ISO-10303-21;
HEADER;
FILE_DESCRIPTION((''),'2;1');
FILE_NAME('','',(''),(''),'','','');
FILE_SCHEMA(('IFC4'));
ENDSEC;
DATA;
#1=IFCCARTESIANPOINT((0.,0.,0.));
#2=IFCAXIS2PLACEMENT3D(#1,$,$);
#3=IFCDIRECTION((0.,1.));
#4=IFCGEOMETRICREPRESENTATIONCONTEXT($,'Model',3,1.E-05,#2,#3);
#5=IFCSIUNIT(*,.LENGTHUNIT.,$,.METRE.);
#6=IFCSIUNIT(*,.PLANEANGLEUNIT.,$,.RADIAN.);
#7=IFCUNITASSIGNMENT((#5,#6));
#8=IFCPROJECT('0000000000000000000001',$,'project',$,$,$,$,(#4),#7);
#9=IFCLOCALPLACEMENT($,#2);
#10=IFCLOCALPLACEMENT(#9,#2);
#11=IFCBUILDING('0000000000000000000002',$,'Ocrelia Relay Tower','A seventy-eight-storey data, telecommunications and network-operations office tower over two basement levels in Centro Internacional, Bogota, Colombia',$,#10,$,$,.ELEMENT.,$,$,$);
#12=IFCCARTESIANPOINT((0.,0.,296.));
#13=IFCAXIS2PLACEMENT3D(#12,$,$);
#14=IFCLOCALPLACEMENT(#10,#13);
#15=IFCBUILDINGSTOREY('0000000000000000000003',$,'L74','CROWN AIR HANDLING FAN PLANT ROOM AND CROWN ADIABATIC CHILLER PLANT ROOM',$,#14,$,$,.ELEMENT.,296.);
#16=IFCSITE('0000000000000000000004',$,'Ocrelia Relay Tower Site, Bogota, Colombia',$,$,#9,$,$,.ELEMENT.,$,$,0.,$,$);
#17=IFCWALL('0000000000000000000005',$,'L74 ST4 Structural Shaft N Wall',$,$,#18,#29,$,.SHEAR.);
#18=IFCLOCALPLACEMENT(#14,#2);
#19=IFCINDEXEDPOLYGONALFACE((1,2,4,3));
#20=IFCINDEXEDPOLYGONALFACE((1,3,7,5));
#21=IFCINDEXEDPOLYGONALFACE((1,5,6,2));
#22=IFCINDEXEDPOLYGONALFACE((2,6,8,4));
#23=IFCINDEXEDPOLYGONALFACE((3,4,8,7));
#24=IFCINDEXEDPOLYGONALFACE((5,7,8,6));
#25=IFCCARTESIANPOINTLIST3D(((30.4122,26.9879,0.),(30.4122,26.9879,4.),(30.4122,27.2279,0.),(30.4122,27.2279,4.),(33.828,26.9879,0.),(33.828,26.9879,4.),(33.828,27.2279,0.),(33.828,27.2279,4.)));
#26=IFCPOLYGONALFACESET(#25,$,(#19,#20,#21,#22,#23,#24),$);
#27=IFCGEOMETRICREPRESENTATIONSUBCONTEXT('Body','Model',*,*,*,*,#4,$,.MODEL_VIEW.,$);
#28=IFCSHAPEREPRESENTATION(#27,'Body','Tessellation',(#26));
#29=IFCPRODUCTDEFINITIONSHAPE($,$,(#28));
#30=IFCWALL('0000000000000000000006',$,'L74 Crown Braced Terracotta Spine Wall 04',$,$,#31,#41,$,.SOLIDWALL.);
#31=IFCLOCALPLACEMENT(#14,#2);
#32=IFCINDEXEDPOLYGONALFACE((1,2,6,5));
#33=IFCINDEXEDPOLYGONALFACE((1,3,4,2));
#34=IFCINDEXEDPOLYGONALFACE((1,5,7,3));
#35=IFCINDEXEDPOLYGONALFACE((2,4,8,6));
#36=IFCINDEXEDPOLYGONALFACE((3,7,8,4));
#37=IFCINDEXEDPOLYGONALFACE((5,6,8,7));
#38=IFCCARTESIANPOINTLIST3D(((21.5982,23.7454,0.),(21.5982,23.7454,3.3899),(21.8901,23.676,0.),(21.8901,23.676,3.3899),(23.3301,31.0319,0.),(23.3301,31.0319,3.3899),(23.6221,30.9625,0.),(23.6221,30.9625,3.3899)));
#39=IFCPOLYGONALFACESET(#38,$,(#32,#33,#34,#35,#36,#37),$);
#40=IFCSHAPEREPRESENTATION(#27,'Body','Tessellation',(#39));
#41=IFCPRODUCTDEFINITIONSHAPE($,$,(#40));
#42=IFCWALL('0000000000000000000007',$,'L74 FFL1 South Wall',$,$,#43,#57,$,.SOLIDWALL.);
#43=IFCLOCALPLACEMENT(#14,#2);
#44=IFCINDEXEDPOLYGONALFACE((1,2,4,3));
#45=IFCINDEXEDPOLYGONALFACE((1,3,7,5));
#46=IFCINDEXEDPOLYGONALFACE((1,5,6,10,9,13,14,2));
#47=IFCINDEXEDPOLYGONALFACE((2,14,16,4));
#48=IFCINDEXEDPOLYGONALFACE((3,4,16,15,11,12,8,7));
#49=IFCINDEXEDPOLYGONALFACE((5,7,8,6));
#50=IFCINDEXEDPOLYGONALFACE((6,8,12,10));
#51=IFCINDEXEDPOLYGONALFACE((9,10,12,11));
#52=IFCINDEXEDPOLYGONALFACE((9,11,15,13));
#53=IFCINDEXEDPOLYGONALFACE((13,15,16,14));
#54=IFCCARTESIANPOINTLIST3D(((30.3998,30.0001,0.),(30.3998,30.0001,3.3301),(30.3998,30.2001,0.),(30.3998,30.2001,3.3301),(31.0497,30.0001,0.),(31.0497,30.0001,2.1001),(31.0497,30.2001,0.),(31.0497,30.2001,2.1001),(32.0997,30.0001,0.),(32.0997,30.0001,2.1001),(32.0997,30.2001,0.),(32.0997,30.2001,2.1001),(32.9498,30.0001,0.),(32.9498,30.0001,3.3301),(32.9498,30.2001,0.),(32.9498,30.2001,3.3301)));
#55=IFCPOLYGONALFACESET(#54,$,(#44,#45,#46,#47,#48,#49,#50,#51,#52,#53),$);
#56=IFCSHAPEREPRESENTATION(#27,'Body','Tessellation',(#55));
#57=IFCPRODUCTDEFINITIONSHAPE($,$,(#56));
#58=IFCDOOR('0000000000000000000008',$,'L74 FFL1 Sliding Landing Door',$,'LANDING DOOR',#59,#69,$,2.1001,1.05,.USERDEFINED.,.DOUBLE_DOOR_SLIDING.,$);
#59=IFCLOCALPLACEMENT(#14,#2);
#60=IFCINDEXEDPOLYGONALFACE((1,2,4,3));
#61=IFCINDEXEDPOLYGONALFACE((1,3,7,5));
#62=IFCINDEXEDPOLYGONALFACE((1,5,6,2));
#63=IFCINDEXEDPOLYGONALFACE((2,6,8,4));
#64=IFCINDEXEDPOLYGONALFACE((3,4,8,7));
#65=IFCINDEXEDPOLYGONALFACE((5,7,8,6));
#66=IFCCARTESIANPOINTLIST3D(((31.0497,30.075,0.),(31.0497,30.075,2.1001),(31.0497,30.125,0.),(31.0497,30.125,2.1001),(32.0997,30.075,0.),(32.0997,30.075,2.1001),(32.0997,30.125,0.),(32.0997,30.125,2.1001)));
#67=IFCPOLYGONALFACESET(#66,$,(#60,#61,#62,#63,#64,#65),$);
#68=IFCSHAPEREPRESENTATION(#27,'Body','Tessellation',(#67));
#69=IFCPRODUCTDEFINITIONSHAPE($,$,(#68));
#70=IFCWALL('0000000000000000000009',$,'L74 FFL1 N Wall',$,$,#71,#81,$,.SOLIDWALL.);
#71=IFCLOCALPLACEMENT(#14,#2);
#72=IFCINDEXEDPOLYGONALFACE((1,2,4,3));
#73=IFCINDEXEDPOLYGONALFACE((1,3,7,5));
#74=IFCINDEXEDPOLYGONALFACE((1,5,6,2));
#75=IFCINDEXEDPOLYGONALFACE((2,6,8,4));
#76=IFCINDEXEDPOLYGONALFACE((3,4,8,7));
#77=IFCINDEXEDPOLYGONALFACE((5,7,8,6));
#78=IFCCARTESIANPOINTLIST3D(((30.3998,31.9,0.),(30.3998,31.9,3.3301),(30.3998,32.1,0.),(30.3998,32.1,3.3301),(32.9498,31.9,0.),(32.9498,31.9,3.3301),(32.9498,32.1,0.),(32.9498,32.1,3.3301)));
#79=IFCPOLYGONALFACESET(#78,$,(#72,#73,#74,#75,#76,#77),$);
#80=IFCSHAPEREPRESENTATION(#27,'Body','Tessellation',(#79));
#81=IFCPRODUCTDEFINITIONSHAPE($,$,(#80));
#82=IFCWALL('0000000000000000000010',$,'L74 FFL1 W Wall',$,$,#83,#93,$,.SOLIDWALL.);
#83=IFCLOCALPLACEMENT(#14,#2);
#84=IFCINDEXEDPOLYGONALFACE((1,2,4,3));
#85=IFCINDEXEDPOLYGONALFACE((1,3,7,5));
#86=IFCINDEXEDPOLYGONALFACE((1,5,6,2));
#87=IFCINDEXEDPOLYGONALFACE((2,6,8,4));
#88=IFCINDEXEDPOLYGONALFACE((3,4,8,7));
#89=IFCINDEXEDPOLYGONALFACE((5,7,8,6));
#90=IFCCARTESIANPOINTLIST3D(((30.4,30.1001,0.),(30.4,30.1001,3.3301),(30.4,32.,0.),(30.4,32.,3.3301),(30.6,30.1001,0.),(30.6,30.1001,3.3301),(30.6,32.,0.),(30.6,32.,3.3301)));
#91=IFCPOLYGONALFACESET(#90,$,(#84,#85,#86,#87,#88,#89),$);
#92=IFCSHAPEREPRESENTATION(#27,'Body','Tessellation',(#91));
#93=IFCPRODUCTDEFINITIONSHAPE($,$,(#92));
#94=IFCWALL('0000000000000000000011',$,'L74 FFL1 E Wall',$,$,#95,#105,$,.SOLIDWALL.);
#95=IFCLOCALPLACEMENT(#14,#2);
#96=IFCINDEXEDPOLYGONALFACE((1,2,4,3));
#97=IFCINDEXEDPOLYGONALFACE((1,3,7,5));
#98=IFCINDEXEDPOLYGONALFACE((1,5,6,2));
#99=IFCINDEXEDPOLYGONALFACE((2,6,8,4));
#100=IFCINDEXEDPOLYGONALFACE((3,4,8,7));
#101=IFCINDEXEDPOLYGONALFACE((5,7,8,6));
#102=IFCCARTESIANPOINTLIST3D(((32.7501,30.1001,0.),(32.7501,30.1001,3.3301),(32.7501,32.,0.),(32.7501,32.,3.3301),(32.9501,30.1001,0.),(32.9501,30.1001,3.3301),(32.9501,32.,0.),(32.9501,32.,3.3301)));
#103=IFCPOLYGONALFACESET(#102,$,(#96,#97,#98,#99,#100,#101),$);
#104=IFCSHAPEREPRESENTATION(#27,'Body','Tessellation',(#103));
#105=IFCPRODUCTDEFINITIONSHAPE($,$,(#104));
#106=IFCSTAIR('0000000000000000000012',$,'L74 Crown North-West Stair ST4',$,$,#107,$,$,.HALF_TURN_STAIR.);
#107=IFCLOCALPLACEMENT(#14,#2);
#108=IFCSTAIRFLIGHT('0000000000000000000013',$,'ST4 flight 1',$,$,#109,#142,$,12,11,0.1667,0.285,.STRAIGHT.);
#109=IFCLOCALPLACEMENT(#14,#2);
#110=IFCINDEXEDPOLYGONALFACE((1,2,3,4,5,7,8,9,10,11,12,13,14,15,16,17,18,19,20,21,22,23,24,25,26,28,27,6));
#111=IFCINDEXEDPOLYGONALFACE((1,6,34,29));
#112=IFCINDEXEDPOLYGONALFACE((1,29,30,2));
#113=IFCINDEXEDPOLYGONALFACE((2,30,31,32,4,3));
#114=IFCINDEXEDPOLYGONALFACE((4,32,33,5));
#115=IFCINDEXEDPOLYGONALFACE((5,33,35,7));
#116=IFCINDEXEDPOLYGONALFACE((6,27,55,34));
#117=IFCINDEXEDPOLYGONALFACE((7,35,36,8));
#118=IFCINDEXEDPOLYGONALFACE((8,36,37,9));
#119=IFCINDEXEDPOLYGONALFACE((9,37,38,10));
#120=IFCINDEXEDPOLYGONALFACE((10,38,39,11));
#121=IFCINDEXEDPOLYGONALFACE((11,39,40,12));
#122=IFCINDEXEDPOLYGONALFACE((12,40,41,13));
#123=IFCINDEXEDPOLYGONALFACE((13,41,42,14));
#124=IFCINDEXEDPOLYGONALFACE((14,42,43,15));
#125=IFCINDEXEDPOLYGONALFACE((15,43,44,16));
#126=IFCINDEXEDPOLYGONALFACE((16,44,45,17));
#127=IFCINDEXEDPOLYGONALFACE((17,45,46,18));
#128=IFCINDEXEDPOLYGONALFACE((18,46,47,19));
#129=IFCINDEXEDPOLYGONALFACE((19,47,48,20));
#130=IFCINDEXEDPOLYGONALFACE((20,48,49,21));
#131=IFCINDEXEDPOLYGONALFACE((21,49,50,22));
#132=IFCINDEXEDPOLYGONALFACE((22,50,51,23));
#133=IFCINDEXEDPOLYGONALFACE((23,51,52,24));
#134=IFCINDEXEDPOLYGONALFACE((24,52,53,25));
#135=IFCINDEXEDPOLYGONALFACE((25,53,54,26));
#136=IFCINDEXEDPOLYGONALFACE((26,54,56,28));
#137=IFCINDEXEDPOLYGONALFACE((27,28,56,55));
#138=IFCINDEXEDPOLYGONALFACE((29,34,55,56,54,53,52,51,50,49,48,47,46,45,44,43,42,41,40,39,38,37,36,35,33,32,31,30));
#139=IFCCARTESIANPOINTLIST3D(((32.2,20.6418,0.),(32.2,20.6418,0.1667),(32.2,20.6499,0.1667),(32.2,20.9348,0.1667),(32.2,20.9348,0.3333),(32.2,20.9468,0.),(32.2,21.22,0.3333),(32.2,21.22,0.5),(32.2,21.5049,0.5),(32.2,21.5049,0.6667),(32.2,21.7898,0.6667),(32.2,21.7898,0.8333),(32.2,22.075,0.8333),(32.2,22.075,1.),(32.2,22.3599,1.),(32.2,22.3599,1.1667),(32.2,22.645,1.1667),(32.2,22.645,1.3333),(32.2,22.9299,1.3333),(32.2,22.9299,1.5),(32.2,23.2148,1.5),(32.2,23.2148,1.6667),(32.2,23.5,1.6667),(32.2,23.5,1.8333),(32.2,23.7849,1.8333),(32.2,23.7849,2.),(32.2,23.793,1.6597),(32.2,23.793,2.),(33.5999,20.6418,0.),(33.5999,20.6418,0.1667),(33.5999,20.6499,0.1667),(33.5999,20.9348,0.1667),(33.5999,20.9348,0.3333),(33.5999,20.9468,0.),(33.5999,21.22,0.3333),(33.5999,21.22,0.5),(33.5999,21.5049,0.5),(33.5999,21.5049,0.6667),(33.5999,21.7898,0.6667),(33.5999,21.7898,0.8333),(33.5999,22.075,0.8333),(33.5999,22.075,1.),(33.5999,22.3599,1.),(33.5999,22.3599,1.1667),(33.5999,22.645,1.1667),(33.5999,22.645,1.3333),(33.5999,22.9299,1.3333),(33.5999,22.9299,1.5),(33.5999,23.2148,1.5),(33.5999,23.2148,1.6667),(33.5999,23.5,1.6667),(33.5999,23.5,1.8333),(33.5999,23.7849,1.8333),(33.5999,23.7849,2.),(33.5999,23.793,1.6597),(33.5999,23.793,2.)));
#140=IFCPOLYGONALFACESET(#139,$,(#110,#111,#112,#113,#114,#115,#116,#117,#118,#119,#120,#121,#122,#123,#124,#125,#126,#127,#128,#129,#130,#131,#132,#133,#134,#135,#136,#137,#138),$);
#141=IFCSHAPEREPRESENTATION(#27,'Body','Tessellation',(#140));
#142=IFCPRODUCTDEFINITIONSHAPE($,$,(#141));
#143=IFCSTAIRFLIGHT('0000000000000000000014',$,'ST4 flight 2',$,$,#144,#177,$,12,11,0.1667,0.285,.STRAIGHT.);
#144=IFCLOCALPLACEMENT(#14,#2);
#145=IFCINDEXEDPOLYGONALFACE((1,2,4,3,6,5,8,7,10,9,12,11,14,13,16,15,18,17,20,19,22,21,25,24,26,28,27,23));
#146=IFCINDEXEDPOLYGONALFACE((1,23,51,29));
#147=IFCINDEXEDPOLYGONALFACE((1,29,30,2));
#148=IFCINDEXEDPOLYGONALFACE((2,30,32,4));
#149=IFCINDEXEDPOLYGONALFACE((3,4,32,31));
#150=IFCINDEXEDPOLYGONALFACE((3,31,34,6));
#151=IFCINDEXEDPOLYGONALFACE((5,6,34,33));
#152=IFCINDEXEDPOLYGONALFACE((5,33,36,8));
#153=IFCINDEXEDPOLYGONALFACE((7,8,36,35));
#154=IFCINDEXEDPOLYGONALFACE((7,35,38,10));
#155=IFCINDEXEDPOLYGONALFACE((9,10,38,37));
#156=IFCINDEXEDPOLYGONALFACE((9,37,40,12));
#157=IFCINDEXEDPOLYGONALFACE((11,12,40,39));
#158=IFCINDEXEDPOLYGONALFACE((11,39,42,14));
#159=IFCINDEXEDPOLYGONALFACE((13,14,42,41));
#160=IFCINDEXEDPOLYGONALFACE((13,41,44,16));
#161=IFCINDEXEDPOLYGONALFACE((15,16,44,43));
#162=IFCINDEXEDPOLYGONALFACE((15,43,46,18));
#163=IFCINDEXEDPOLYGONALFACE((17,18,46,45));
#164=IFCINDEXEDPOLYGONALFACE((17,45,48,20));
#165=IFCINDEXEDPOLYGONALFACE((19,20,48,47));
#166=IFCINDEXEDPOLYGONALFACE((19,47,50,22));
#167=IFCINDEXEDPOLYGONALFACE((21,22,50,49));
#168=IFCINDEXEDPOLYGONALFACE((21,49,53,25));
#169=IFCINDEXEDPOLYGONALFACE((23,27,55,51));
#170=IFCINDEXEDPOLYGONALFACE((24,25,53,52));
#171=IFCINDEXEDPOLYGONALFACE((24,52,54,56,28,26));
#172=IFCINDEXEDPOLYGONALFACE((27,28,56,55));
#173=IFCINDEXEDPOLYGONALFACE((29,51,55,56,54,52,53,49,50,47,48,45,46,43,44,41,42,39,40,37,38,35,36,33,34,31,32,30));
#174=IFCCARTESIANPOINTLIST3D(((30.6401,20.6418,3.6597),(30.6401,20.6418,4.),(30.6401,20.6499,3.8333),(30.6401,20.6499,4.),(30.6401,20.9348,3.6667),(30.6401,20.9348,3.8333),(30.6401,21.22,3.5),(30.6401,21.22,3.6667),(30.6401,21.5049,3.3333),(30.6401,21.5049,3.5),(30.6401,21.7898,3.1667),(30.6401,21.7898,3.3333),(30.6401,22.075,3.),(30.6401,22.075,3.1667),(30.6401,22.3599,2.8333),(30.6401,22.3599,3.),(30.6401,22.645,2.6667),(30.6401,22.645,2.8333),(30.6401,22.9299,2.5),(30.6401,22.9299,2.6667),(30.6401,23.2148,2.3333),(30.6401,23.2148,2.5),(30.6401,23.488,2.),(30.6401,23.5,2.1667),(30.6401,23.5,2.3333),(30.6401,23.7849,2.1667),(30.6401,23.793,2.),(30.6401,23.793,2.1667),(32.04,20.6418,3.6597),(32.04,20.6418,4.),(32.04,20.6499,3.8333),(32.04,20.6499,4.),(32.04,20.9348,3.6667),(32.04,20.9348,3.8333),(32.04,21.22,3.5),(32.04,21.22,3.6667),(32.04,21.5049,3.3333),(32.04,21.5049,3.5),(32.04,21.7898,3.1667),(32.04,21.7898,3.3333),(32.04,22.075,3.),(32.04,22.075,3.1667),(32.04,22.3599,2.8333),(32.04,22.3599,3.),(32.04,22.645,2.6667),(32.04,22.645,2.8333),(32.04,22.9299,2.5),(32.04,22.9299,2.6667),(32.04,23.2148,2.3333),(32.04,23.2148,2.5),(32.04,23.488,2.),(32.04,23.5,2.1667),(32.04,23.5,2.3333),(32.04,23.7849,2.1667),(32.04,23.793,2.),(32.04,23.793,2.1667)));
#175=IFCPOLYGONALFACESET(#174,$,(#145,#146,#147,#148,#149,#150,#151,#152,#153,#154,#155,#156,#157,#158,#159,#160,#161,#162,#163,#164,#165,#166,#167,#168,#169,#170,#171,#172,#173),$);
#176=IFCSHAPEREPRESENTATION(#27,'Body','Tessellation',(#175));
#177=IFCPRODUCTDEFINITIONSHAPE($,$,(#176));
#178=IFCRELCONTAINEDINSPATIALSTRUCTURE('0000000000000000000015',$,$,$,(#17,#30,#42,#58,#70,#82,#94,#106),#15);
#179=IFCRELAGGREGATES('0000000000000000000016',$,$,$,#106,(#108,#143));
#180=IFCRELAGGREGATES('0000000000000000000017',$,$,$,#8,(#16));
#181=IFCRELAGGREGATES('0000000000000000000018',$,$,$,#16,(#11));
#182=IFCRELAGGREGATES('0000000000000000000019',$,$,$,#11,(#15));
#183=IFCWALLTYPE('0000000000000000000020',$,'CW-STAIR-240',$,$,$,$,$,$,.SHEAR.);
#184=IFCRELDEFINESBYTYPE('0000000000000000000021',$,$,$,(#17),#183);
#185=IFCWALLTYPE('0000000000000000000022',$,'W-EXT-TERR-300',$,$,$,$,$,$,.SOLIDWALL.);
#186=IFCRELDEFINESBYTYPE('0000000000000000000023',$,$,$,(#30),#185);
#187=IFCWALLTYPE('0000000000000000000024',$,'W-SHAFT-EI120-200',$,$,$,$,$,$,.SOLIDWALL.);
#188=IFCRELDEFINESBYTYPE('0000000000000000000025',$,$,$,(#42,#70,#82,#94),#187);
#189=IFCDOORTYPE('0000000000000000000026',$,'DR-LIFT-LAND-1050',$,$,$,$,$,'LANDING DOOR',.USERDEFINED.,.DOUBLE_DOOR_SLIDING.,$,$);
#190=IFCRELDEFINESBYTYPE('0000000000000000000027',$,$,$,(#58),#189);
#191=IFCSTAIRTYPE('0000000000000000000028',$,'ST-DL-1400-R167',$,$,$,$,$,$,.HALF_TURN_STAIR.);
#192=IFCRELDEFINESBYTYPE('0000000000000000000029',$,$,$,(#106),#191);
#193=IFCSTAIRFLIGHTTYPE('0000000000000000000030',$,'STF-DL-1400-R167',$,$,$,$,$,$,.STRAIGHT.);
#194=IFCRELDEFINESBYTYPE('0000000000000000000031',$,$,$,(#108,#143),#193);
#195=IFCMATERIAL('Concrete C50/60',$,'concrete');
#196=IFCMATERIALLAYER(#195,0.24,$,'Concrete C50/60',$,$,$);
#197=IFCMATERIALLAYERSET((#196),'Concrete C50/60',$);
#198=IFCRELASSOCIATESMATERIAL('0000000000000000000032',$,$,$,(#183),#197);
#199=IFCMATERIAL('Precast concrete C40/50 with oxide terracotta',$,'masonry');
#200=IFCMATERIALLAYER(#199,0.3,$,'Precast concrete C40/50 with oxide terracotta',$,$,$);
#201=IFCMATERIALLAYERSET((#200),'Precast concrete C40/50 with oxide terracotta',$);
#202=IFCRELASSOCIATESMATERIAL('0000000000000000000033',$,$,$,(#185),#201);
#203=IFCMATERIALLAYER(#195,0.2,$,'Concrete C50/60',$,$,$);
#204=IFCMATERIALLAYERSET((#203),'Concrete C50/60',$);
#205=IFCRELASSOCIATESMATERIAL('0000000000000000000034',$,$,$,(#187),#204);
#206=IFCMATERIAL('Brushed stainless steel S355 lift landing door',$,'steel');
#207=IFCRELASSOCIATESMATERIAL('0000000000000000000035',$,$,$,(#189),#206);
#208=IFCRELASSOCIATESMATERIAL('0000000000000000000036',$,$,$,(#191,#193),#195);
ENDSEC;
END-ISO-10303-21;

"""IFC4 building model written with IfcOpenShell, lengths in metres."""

from ifc_helpers import new_model, si_unit, direction, frame, frame_2d, origin, place, context, subcontext, project, spatial, polyline, rectangle, outline, extrude, material, layer, layer_set, type_object, element, fill, aggregate, save


model = new_model("IFC4")

# Units and contexts
model_context = context("Model", 3, precision=1e-05, world=origin(), true_north=direction((0.0, 1.0)))
body_context = subcontext(model_context, "Body", "Model", "MODEL_VIEW")
ifc_project = project(units=[si_unit("LENGTHUNIT", "METRE"), si_unit("PLANEANGLEUNIT", "RADIAN")], contexts=[model_context])

# Site, building, storey
site_placement = place(None, origin())
site = spatial("IfcSite", under=ifc_project, at=site_placement, Name="Ocrelia Relay Tower Site, Bogota, Colombia", CompositionType="ELEMENT", RefElevation=0.0)
building_placement = place(site_placement, origin())
building = spatial("IfcBuilding", under=site, at=building_placement, Name="Ocrelia Relay Tower", Description="A seventy-eight-storey data, telecommunications and network-operations office tower over two basement levels in Centro Internacional, Bogota, Colombia", CompositionType="ELEMENT")
storey_placement = place(building_placement, frame((0.0, 0.0, 296.0)))
storey = spatial("IfcBuildingStorey", under=building, at=storey_placement, Name="L74", Description="CROWN AIR HANDLING FAN PLANT ROOM AND CROWN ADIABATIC CHILLER PLANT ROOM", CompositionType="ELEMENT", Elevation=296.0)

# Walls
ifc_material_1 = material(Name="Concrete C50/60", Category="concrete")
ifc_layer_1 = layer(ifc_material_1, 0.24, Name="Concrete C50/60")
ifc_layer_set_1 = layer_set([ifc_layer_1], Name="Concrete C50/60")
wall_type_1 = type_object("IfcWallType", Name="CW-STAIR-240", PredefinedType="SHEAR", material=ifc_layer_set_1)
wall_1_placement = place(storey_placement, frame((30.4121, 27.1079, 0.0), z_axis=(0.0, 0.0, 1.0), x_axis=(1.0, 0.0, 0.0)))
element("IfcWall", 1, at=wall_1_placement, inside=storey, type_object=wall_type_1, Name="L74 ST4 Structural Shaft N Wall", PredefinedType="SHEAR", context=body_context, shape_type="SweptSolid", body=[
    extrude(rectangle(XDim=3.4158, YDim=0.24, at=frame_2d((1.708, 0.0))), origin(), (0.0, 0.0, 1.0), 4.0),
])
ifc_material_2 = material(Name="Precast concrete C40/50 with oxide terracotta", Category="masonry")
ifc_layer_2 = layer(ifc_material_2, 0.3, Name="Precast concrete C40/50 with oxide terracotta")
ifc_layer_set_2 = layer_set([ifc_layer_2], Name="Precast concrete C40/50 with oxide terracotta")
wall_type_2 = type_object("IfcWallType", Name="W-EXT-TERR-300", PredefinedType="SOLIDWALL", material=ifc_layer_set_2)
wall_2_placement = place(storey_placement, frame((23.4761, 30.9971, 0.0), z_axis=(0.0, 0.0, 1.0), x_axis=(-0.231252, -0.972894, 0.0)))
element("IfcWall", 2, at=wall_2_placement, inside=storey, type_object=wall_type_2, Name="L74 Crown Braced Terracotta Spine Wall 04", PredefinedType="SOLIDWALL", context=body_context, shape_type="SweptSolid", body=[
    extrude(rectangle(XDim=7.4895, YDim=0.3, at=frame_2d((3.7446, 0.0))), origin(), (0.0, 0.0, 1.0), 3.3899),
])

# Wall, opening, door
ifc_layer_3 = layer(ifc_material_1, 0.2, Name="Concrete C50/60")
ifc_layer_set_3 = layer_set([ifc_layer_3], Name="Concrete C50/60")
wall_type_3 = type_object("IfcWallType", Name="W-SHAFT-EI120-200", PredefinedType="SOLIDWALL", material=ifc_layer_set_3)
wall_3_placement = place(storey_placement, frame((30.3999, 30.1001, 0.0), z_axis=(0.0, 0.0, 1.0), x_axis=(1.0, 0.0, 0.0)))
wall_3 = element("IfcWall", 3, at=wall_3_placement, inside=storey, type_object=wall_type_3, Name="L74 FFL1 South Wall", PredefinedType="SOLIDWALL", context=body_context, shape_type="SweptSolid", body=[
    extrude(rectangle(XDim=2.55, YDim=0.2, at=frame_2d((1.2749, 0.0))), origin(), (0.0, 0.0, 1.0), 3.3301),
])
opening_placement = place(wall_3_placement, frame((0.6499, 0.0, 0.0)))
opening = element("IfcOpeningElement", 4, at=opening_placement, cuts=wall_3, PredefinedType="OPENING", context=body_context, shape_type="SweptSolid", body=[
    extrude(rectangle(XDim=1.05, YDim=2.1001, at=frame_2d((0.5249, 1.05))), frame((0.0, 0.1099, 0.0), z_axis=(0.0, -1.0, 0.0), x_axis=(1.0, 0.0, 0.0)), (0.0, 0.0, 1.0), 0.22),
])
ifc_material_3 = material(Name="Brushed stainless steel S355 lift landing door", Category="steel")
door_type = type_object("IfcDoorType", Name="DR-LIFT-LAND-1050", ElementType="LANDING DOOR", OperationType="DOUBLE_DOOR_SLIDING", PredefinedType="USERDEFINED", material=ifc_material_3)
door_placement = place(opening_placement, origin())
door = element("IfcDoor", 5, at=door_placement, inside=storey, type_object=door_type, Name="L74 FFL1 Sliding Landing Door", ObjectType="LANDING DOOR", OperationType="DOUBLE_DOOR_SLIDING", OverallHeight=2.1001, OverallWidth=1.05, PredefinedType="USERDEFINED", context=body_context, shape_type="SweptSolid", body=[
    extrude(rectangle(XDim=1.05, YDim=2.1001, at=frame_2d((0.5249, 1.05))), frame((0.0, 0.0249, 0.0), z_axis=(0.0, -1.0, 0.0), x_axis=(1.0, 0.0, 0.0)), (0.0, 0.0, 1.0), 0.05),
])
fill(opening, door)

# Walls
wall_4_placement = place(storey_placement, frame((30.3999, 32.0, 0.0), z_axis=(0.0, 0.0, 1.0), x_axis=(1.0, 0.0, 0.0)))
element("IfcWall", 6, at=wall_4_placement, inside=storey, type_object=wall_type_3, Name="L74 FFL1 N Wall", PredefinedType="SOLIDWALL", context=body_context, shape_type="SweptSolid", body=[
    extrude(rectangle(XDim=2.55, YDim=0.2, at=frame_2d((1.2749, 0.0))), origin(), (0.0, 0.0, 1.0), 3.3301),
])
for number, where, z_axis, x_axis, name in (
    (7, (30.5, 30.1001, 0.0), (0.0, 0.0, 1.0), (0.0, 1.0, 0.0), "L74 FFL1 W Wall"),
    (8, (32.8501, 30.1001, 0.0), (0.0, 0.0, 1.0), (0.0, 1.0, 0.0), "L74 FFL1 E Wall"),
):
    element("IfcWall", number, at=place(storey_placement, frame(where, z_axis=z_axis, x_axis=x_axis)), inside=storey, type_object=wall_type_3, Name=name, PredefinedType="SOLIDWALL", context=body_context, shape_type="SweptSolid", body=[
        extrude(rectangle(XDim=1.8999, YDim=0.2, at=frame_2d((0.95, 0.0))), origin(), (0.0, 0.0, 1.0), 3.3301),
    ])

# Stair, stair flights
stair_type = type_object("IfcStairType", Name="ST-DL-1400-R167", PredefinedType="HALF_TURN_STAIR", material=ifc_material_1)
stair_placement = place(storey_placement, origin())
stair = element("IfcStair", 9, at=stair_placement, inside=storey, type_object=stair_type, Name="L74 Crown North-West Stair ST4", PredefinedType="HALF_TURN_STAIR")
stair_flight_type = type_object("IfcStairFlightType", Name="STF-DL-1400-R167", PredefinedType="STRAIGHT", material=ifc_material_1)
stair_flight_1_placement = place(storey_placement, frame((32.8999, 20.6499, 0.0), z_axis=(0.0, 0.0, 1.0), x_axis=(0.0, 1.0, 0.0)))
stair_flight_1 = element("IfcStairFlight", 10, at=stair_flight_1_placement, type_object=stair_flight_type, Name="ST4 flight 1", NumberOfRisers=12, NumberOfTreads=11, PredefinedType="STRAIGHT", RiserHeight=0.1667, TreadLength=0.285, context=body_context, shape_type="SweptSolid", body=[
    extrude(outline(polyline([(-0.0081, 0.0), (-0.0081, 0.1667), (0.0, 0.1667), (0.2849, 0.1667), (0.2849, 0.3333), (0.5701, 0.3333), (0.5701, 0.5), (0.855, 0.5), (0.855, 0.6667), (1.1399, 0.6667), (1.1399, 0.8333), (1.425, 0.8333), (1.425, 1.0), (1.71, 1.0), (1.71, 1.1667), (1.9951, 1.1667), (1.9951, 1.3333), (2.28, 1.3333), (2.28, 1.5), (2.5649, 1.5), (2.5649, 1.6667), (2.8501, 1.6667), (2.8501, 1.8333), (3.135, 1.8333), (3.135, 2.0), (3.1431, 2.0), (3.1431, 1.6597), (0.2969, 0.0), (-0.0081, 0.0)])), frame((0.0, 0.7, 0.0), z_axis=(0.0, -1.0, 0.0), x_axis=(1.0, 0.0, 0.0)), (0.0, 0.0, 1.0), 1.3999),
])
stair_flight_2_placement = place(storey_placement, frame((31.3401, 23.7849, 2.0), z_axis=(0.0, 0.0, 1.0), x_axis=(0.0, -1.0, 0.0)))
stair_flight_2 = element("IfcStairFlight", 11, at=stair_flight_2_placement, type_object=stair_flight_type, Name="ST4 flight 2", NumberOfRisers=12, NumberOfTreads=11, PredefinedType="STRAIGHT", RiserHeight=0.1667, TreadLength=0.285, context=body_context, shape_type="SweptSolid", body=[
    extrude(outline(polyline([(-0.0081, 0.0), (-0.0081, 0.1667), (0.0, 0.1667), (0.2849, 0.1667), (0.2849, 0.3333), (0.5701, 0.3333), (0.5701, 0.5), (0.855, 0.5), (0.855, 0.6667), (1.1399, 0.6667), (1.1399, 0.8333), (1.425, 0.8333), (1.425, 1.0), (1.71, 1.0), (1.71, 1.1667), (1.9951, 1.1667), (1.9951, 1.3333), (2.28, 1.3333), (2.28, 1.5), (2.5649, 1.5), (2.5649, 1.6667), (2.8501, 1.6667), (2.8501, 1.8333), (3.135, 1.8333), (3.135, 2.0), (3.1431, 2.0), (3.1431, 1.6597), (0.2969, 0.0), (-0.0081, 0.0)])), frame((0.0, 0.7, 0.0), z_axis=(0.0, -1.0, 0.0), x_axis=(1.0, 0.0, 0.0)), (0.0, 0.0, 1.0), 1.3999),
])
aggregate(stair, [stair_flight_1, stair_flight_2])

save(model, "model.ifc")
